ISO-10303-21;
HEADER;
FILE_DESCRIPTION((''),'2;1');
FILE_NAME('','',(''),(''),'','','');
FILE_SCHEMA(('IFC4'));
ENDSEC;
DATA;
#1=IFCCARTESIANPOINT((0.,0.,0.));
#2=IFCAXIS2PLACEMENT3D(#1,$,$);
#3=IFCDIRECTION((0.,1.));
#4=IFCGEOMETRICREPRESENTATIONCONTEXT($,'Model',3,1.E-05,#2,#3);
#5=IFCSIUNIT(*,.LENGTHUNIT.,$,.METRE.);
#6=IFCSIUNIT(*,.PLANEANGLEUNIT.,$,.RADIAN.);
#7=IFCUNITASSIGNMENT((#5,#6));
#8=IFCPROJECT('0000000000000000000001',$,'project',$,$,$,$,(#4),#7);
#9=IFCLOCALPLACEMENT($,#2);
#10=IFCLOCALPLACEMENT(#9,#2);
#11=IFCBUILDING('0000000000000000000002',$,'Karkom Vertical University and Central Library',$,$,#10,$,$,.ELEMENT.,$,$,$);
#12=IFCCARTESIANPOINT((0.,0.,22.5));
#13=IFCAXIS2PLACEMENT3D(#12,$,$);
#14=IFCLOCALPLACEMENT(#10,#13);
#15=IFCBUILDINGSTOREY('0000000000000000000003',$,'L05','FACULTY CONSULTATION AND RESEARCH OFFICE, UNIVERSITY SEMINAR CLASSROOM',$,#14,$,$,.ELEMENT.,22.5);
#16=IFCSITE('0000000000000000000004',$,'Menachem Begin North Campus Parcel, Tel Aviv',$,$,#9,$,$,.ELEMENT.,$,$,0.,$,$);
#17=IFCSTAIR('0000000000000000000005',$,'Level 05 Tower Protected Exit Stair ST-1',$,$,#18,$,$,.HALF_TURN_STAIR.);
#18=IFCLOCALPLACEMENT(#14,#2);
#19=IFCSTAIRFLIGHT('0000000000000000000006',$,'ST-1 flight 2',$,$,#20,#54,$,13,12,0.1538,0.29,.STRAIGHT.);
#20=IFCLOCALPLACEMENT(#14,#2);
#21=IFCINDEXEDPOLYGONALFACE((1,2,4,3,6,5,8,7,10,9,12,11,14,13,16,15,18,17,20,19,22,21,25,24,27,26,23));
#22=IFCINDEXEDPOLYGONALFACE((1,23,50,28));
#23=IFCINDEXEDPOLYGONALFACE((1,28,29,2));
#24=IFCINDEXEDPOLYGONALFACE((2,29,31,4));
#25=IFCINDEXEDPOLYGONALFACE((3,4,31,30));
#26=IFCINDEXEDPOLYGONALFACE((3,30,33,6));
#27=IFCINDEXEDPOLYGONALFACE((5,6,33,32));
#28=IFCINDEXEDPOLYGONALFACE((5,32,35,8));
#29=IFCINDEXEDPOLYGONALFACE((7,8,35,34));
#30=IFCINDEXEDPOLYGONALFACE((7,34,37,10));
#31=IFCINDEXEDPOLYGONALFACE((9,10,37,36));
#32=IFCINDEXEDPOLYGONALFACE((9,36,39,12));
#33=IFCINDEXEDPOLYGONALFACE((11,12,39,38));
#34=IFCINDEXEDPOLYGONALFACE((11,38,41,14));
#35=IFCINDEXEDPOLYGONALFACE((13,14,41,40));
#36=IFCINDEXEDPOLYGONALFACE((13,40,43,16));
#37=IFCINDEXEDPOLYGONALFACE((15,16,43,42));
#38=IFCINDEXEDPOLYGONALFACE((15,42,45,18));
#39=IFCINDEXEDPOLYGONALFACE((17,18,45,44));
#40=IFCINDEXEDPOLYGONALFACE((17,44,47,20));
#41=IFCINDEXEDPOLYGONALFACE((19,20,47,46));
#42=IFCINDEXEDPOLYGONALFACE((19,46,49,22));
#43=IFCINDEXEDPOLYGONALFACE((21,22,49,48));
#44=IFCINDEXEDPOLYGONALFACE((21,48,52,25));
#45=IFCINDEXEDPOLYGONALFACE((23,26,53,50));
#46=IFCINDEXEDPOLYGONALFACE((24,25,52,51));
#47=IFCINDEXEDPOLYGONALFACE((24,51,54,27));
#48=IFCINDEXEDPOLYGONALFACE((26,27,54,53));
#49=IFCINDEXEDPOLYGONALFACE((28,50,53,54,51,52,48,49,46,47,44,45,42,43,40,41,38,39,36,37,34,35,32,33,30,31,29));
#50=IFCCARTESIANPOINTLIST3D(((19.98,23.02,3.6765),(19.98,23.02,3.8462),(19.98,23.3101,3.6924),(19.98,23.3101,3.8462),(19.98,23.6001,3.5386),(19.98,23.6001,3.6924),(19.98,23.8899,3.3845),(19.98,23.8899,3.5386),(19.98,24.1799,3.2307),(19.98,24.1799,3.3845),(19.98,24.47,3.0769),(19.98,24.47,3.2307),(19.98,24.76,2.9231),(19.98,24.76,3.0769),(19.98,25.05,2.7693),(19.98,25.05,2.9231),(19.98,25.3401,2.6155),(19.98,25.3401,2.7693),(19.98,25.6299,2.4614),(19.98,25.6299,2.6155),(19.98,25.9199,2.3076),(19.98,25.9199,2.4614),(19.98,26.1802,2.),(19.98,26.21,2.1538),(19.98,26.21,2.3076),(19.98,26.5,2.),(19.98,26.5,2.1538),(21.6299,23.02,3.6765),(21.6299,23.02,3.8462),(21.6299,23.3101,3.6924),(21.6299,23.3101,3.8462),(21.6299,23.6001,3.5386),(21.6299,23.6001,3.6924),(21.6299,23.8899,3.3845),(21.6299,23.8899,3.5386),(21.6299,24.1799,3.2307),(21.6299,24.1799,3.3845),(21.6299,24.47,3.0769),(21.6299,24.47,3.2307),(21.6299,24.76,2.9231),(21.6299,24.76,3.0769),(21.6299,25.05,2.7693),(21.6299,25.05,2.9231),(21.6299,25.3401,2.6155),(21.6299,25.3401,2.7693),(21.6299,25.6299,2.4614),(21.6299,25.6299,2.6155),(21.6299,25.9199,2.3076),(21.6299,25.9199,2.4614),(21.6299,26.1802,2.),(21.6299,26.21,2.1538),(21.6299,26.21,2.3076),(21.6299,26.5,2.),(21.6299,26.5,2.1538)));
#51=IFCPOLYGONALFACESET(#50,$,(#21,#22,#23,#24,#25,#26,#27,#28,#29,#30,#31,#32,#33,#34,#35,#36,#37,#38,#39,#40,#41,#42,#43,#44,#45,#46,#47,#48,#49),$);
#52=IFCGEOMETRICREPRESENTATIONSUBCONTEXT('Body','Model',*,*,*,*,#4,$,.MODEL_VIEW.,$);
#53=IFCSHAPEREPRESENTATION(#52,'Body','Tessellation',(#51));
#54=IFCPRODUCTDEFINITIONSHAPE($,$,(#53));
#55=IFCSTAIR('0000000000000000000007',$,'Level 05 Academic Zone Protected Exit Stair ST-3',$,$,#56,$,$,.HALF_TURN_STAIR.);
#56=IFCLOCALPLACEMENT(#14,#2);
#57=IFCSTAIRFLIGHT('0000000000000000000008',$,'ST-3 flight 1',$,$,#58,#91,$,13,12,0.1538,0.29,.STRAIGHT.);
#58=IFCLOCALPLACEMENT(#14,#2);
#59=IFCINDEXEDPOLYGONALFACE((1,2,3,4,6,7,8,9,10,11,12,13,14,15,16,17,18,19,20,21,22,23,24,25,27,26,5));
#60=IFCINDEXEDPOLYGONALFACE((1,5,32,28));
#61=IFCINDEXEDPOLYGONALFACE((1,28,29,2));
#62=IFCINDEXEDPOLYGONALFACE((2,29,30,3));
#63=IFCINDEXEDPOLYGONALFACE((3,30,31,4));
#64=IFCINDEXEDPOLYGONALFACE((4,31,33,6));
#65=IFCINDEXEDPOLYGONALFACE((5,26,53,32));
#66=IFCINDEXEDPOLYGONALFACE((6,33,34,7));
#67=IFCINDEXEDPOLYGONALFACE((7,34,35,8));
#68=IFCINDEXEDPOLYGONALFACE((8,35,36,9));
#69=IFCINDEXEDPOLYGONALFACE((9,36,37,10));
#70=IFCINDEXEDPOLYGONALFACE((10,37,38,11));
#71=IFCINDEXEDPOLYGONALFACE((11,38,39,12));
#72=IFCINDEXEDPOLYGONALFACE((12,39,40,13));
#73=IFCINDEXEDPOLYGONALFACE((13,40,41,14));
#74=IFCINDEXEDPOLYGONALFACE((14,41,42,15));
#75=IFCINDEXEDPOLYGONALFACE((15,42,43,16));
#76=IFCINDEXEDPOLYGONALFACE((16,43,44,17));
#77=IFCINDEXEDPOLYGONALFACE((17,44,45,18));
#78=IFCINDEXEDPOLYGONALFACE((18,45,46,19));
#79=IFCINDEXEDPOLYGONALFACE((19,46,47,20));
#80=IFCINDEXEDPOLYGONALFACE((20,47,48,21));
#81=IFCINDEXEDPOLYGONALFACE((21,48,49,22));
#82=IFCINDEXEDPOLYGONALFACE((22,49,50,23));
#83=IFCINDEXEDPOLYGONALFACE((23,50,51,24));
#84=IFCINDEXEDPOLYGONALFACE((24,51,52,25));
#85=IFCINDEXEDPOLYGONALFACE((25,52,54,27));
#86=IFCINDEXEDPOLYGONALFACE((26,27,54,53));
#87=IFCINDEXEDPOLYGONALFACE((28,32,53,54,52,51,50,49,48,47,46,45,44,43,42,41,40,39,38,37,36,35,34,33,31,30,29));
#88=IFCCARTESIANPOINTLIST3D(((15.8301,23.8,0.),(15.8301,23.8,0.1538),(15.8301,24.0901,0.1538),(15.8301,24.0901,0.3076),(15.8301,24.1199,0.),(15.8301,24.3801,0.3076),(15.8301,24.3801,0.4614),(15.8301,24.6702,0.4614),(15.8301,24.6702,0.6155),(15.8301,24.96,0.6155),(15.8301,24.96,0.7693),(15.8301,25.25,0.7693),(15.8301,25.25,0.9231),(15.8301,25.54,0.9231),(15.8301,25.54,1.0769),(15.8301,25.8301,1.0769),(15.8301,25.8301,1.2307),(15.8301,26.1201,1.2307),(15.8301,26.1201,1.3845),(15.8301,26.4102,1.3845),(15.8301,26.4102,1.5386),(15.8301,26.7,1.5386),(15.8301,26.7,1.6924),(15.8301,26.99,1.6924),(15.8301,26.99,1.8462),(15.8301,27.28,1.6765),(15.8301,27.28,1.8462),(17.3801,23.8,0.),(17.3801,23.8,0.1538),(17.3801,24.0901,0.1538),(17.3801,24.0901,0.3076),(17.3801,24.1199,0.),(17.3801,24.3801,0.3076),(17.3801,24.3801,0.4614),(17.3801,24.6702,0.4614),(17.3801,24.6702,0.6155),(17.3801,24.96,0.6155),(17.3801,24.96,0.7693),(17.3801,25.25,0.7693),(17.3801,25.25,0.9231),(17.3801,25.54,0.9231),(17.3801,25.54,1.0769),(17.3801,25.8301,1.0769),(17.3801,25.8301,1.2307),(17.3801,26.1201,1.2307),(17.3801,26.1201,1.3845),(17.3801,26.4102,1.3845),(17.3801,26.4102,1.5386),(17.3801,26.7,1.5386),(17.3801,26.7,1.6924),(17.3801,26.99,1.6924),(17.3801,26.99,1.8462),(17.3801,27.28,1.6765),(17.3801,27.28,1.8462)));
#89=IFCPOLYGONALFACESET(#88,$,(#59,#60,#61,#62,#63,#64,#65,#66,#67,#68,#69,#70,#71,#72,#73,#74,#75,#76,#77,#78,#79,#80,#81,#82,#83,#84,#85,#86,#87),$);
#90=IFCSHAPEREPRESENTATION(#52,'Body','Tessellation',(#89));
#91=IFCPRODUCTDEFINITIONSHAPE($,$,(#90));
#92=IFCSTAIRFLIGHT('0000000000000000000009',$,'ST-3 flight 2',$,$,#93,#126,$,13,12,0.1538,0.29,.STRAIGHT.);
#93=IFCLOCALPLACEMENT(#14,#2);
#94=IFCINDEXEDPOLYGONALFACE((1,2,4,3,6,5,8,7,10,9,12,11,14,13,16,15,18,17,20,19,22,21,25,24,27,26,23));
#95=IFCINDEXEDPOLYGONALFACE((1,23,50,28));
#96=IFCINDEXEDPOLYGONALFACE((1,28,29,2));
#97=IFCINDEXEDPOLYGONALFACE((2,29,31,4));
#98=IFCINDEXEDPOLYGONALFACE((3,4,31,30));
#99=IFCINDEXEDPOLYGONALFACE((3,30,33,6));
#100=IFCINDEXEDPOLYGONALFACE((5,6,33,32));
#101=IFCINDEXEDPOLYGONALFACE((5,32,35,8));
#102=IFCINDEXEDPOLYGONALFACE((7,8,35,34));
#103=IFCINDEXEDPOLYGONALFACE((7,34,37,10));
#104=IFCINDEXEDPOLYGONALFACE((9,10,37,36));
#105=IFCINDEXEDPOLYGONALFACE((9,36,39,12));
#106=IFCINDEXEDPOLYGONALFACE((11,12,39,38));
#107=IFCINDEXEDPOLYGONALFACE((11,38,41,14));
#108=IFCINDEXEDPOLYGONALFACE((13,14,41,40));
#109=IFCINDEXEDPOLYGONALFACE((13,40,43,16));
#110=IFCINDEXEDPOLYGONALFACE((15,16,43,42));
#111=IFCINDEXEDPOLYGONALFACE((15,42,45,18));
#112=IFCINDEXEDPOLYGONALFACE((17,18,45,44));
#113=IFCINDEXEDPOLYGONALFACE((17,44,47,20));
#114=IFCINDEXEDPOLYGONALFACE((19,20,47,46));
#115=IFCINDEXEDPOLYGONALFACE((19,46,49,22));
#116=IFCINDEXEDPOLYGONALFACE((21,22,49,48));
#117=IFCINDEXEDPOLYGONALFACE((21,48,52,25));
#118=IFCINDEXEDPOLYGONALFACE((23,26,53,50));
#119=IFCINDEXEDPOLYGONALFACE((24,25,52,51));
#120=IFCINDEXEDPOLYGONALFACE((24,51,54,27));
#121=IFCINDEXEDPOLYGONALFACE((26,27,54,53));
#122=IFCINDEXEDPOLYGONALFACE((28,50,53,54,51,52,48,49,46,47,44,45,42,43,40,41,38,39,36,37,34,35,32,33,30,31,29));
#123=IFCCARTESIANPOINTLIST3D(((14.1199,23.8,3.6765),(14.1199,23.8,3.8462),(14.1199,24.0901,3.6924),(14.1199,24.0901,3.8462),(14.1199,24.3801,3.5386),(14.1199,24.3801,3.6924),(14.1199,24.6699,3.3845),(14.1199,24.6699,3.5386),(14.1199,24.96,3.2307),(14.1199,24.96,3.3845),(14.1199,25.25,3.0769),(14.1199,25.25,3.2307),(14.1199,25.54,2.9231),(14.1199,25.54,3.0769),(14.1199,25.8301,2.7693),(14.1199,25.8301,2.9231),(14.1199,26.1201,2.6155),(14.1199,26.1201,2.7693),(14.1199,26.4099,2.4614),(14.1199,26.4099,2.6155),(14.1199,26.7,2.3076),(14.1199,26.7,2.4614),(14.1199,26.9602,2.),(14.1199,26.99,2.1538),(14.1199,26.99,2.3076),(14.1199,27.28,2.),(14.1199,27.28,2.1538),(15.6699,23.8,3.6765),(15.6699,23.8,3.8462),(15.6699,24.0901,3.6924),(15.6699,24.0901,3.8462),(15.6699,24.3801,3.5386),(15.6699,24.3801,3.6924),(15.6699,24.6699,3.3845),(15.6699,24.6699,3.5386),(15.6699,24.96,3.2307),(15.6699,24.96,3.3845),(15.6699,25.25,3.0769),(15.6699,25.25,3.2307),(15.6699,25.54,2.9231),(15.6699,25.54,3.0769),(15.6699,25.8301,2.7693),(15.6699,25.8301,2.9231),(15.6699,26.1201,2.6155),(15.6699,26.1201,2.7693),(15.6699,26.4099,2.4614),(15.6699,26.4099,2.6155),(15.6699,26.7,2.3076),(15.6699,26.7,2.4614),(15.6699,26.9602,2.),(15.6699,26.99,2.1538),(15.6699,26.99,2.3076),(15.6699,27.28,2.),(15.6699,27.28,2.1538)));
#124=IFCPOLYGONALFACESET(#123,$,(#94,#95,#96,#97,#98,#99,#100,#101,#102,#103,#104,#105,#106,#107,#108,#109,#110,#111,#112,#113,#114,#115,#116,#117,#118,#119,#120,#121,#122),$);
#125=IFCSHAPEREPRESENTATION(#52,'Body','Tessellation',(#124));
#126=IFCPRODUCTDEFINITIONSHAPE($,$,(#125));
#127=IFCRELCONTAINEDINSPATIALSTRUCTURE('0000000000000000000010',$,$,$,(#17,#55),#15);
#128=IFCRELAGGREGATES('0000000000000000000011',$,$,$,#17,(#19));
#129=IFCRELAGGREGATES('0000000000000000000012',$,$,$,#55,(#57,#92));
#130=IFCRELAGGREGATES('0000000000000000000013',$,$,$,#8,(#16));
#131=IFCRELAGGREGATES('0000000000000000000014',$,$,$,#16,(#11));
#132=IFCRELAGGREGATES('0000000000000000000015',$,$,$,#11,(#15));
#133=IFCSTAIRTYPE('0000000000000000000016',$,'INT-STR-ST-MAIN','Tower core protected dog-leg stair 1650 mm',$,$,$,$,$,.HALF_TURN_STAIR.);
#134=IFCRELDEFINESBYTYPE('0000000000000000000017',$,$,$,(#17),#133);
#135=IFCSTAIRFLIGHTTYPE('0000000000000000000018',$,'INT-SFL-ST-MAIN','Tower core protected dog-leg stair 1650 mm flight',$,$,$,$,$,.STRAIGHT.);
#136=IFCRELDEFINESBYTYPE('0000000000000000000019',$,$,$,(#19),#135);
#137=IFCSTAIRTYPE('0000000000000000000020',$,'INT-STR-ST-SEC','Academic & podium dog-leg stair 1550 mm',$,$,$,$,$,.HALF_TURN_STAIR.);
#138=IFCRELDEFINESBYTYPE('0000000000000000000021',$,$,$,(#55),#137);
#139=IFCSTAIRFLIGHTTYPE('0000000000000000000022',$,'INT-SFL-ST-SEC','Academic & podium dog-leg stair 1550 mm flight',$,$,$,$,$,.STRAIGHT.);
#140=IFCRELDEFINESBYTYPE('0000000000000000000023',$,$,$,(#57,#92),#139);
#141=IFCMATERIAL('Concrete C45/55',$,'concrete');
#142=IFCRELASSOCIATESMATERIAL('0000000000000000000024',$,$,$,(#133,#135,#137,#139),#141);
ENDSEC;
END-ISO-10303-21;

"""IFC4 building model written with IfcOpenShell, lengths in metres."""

from ifc_helpers import new_model, si_unit, direction, frame, origin, place, context, subcontext, project, spatial, polyline, outline, extrude, material, type_object, element, aggregate, save


model = new_model("IFC4")

# Units and contexts
model_context = context("Model", 3, precision=1e-05, world=origin(), true_north=direction((0.0, 1.0)))
body_context = subcontext(model_context, "Body", "Model", "MODEL_VIEW")
ifc_project = project(units=[si_unit("LENGTHUNIT", "METRE"), si_unit("PLANEANGLEUNIT", "RADIAN")], contexts=[model_context])

# Site, building, storey
site_placement = place(None, origin())
site = spatial("IfcSite", under=ifc_project, at=site_placement, Name="Menachem Begin North Campus Parcel, Tel Aviv", CompositionType="ELEMENT", RefElevation=0.0)
building_placement = place(site_placement, origin())
building = spatial("IfcBuilding", under=site, at=building_placement, Name="Karkom Vertical University and Central Library", CompositionType="ELEMENT")
storey_placement = place(building_placement, frame((0.0, 0.0, 22.5)))
storey = spatial("IfcBuildingStorey", under=building, at=storey_placement, Name="L05", Description="FACULTY CONSULTATION AND RESEARCH OFFICE, UNIVERSITY SEMINAR CLASSROOM", CompositionType="ELEMENT", Elevation=22.5)

# Shared definitions
ifc_material_1 = material(Name="Concrete C45/55", Category="concrete")

# Stair, stair flight
stair_type_1 = type_object("IfcStairType", Name="INT-STR-ST-MAIN", Description="Tower core protected dog-leg stair 1650 mm", PredefinedType="HALF_TURN_STAIR", material=ifc_material_1)
stair_1_placement = place(storey_placement, origin())
stair_1 = element("IfcStair", 1, at=stair_1_placement, inside=storey, type_object=stair_type_1, Name="Level 05 Tower Protected Exit Stair ST-1", PredefinedType="HALF_TURN_STAIR")
stair_flight_type_1 = type_object("IfcStairFlightType", Name="INT-SFL-ST-MAIN", Description="Tower core protected dog-leg stair 1650 mm flight", PredefinedType="STRAIGHT", material=ifc_material_1)
stair_flight_1_placement = place(storey_placement, frame((20.8049, 26.5, 2.0), z_axis=(0.0, 0.0, 1.0), x_axis=(0.0, -1.0, 0.0)))
stair_flight_1 = element("IfcStairFlight", 2, at=stair_flight_1_placement, type_object=stair_flight_type_1, Name="ST-1 flight 2", NumberOfRisers=13, NumberOfTreads=12, PredefinedType="STRAIGHT", RiserHeight=0.1538, TreadLength=0.29, context=body_context, shape_type="SweptSolid", body=[
    extrude(outline(polyline([(0.0, 0.0), (0.0, 0.1538), (0.29, 0.1538), (0.29, 0.3076), (0.5801, 0.3076), (0.5801, 0.4614), (0.8701, 0.4614), (0.8701, 0.6155), (1.1599, 0.6155), (1.1599, 0.7693), (1.45, 0.7693), (1.45, 0.9231), (1.74, 0.9231), (1.74, 1.0769), (2.03, 1.0769), (2.03, 1.2307), (2.3201, 1.2307), (2.3201, 1.3845), (2.6101, 1.3845), (2.6101, 1.5386), (2.8999, 1.5386), (2.8999, 1.6924), (3.1899, 1.6924), (3.1899, 1.8462), (3.48, 1.8462), (3.48, 2.0), (3.48, 1.6765), (0.3198, 0.0), (0.0, 0.0)])), frame((0.0, 0.825, 0.0), z_axis=(0.0, -1.0, 0.0), x_axis=(1.0, 0.0, 0.0)), (0.0, 0.0, 1.0), 1.6499),
])
aggregate(stair_1, [stair_flight_1])

# Stair, stair flights
stair_type_2 = type_object("IfcStairType", Name="INT-STR-ST-SEC", Description="Academic & podium dog-leg stair 1550 mm", PredefinedType="HALF_TURN_STAIR", material=ifc_material_1)
stair_2_placement = place(storey_placement, origin())
stair_2 = element("IfcStair", 3, at=stair_2_placement, inside=storey, type_object=stair_type_2, Name="Level 05 Academic Zone Protected Exit Stair ST-3", PredefinedType="HALF_TURN_STAIR")
stair_flight_type_2 = type_object("IfcStairFlightType", Name="INT-SFL-ST-SEC", Description="Academic & podium dog-leg stair 1550 mm flight", PredefinedType="STRAIGHT", material=ifc_material_1)
stair_flight_2_placement = place(storey_placement, frame((16.605, 23.8, 0.0), z_axis=(0.0, 0.0, 1.0), x_axis=(0.0, 1.0, 0.0)))
stair_flight_2 = element("IfcStairFlight", 4, at=stair_flight_2_placement, type_object=stair_flight_type_2, Name="ST-3 flight 1", NumberOfRisers=13, NumberOfTreads=12, PredefinedType="STRAIGHT", RiserHeight=0.1538, TreadLength=0.29, context=body_context, shape_type="SweptSolid", body=[
    extrude(outline(polyline([(0.0, 0.0), (0.0, 0.1538), (0.29, 0.1538), (0.29, 0.3076), (0.5801, 0.3076), (0.5801, 0.4614), (0.8701, 0.4614), (0.8701, 0.6155), (1.1599, 0.6155), (1.1599, 0.7693), (1.45, 0.7693), (1.45, 0.9231), (1.74, 0.9231), (1.74, 1.0769), (2.03, 1.0769), (2.03, 1.2307), (2.3201, 1.2307), (2.3201, 1.3845), (2.6101, 1.3845), (2.6101, 1.5386), (2.8999, 1.5386), (2.8999, 1.6924), (3.1899, 1.6924), (3.1899, 1.8462), (3.48, 1.8462), (3.48, 2.0), (3.48, 1.6765), (0.3198, 0.0), (0.0, 0.0)])), frame((0.0, 0.7749, 0.0), z_axis=(0.0, -1.0, 0.0), x_axis=(1.0, 0.0, 0.0)), (0.0, 0.0, 1.0), 1.55),
])
stair_flight_3_placement = place(storey_placement, frame((14.895, 27.28, 2.0), z_axis=(0.0, 0.0, 1.0), x_axis=(0.0, -1.0, 0.0)))
stair_flight_3 = element("IfcStairFlight", 5, at=stair_flight_3_placement, type_object=stair_flight_type_2, Name="ST-3 flight 2", NumberOfRisers=13, NumberOfTreads=12, PredefinedType="STRAIGHT", RiserHeight=0.1538, TreadLength=0.29, context=body_context, shape_type="SweptSolid", body=[
    extrude(outline(polyline([(0.0, 0.0), (0.0, 0.1538), (0.29, 0.1538), (0.29, 0.3076), (0.5801, 0.3076), (0.5801, 0.4614), (0.8701, 0.4614), (0.8701, 0.6155), (1.1599, 0.6155), (1.1599, 0.7693), (1.45, 0.7693), (1.45, 0.9231), (1.74, 0.9231), (1.74, 1.0769), (2.03, 1.0769), (2.03, 1.2307), (2.3201, 1.2307), (2.3201, 1.3845), (2.6101, 1.3845), (2.6101, 1.5386), (2.8999, 1.5386), (2.8999, 1.6924), (3.1899, 1.6924), (3.1899, 1.8462), (3.48, 1.8462), (3.48, 2.0), (3.48, 1.6765), (0.3198, 0.0), (0.0, 0.0)])), frame((0.0, 0.7749, 0.0), z_axis=(0.0, -1.0, 0.0), x_axis=(1.0, 0.0, 0.0)), (0.0, 0.0, 1.0), 1.55),
])
aggregate(stair_2, [stair_flight_2, stair_flight_3])

save(model, "model.ifc")
